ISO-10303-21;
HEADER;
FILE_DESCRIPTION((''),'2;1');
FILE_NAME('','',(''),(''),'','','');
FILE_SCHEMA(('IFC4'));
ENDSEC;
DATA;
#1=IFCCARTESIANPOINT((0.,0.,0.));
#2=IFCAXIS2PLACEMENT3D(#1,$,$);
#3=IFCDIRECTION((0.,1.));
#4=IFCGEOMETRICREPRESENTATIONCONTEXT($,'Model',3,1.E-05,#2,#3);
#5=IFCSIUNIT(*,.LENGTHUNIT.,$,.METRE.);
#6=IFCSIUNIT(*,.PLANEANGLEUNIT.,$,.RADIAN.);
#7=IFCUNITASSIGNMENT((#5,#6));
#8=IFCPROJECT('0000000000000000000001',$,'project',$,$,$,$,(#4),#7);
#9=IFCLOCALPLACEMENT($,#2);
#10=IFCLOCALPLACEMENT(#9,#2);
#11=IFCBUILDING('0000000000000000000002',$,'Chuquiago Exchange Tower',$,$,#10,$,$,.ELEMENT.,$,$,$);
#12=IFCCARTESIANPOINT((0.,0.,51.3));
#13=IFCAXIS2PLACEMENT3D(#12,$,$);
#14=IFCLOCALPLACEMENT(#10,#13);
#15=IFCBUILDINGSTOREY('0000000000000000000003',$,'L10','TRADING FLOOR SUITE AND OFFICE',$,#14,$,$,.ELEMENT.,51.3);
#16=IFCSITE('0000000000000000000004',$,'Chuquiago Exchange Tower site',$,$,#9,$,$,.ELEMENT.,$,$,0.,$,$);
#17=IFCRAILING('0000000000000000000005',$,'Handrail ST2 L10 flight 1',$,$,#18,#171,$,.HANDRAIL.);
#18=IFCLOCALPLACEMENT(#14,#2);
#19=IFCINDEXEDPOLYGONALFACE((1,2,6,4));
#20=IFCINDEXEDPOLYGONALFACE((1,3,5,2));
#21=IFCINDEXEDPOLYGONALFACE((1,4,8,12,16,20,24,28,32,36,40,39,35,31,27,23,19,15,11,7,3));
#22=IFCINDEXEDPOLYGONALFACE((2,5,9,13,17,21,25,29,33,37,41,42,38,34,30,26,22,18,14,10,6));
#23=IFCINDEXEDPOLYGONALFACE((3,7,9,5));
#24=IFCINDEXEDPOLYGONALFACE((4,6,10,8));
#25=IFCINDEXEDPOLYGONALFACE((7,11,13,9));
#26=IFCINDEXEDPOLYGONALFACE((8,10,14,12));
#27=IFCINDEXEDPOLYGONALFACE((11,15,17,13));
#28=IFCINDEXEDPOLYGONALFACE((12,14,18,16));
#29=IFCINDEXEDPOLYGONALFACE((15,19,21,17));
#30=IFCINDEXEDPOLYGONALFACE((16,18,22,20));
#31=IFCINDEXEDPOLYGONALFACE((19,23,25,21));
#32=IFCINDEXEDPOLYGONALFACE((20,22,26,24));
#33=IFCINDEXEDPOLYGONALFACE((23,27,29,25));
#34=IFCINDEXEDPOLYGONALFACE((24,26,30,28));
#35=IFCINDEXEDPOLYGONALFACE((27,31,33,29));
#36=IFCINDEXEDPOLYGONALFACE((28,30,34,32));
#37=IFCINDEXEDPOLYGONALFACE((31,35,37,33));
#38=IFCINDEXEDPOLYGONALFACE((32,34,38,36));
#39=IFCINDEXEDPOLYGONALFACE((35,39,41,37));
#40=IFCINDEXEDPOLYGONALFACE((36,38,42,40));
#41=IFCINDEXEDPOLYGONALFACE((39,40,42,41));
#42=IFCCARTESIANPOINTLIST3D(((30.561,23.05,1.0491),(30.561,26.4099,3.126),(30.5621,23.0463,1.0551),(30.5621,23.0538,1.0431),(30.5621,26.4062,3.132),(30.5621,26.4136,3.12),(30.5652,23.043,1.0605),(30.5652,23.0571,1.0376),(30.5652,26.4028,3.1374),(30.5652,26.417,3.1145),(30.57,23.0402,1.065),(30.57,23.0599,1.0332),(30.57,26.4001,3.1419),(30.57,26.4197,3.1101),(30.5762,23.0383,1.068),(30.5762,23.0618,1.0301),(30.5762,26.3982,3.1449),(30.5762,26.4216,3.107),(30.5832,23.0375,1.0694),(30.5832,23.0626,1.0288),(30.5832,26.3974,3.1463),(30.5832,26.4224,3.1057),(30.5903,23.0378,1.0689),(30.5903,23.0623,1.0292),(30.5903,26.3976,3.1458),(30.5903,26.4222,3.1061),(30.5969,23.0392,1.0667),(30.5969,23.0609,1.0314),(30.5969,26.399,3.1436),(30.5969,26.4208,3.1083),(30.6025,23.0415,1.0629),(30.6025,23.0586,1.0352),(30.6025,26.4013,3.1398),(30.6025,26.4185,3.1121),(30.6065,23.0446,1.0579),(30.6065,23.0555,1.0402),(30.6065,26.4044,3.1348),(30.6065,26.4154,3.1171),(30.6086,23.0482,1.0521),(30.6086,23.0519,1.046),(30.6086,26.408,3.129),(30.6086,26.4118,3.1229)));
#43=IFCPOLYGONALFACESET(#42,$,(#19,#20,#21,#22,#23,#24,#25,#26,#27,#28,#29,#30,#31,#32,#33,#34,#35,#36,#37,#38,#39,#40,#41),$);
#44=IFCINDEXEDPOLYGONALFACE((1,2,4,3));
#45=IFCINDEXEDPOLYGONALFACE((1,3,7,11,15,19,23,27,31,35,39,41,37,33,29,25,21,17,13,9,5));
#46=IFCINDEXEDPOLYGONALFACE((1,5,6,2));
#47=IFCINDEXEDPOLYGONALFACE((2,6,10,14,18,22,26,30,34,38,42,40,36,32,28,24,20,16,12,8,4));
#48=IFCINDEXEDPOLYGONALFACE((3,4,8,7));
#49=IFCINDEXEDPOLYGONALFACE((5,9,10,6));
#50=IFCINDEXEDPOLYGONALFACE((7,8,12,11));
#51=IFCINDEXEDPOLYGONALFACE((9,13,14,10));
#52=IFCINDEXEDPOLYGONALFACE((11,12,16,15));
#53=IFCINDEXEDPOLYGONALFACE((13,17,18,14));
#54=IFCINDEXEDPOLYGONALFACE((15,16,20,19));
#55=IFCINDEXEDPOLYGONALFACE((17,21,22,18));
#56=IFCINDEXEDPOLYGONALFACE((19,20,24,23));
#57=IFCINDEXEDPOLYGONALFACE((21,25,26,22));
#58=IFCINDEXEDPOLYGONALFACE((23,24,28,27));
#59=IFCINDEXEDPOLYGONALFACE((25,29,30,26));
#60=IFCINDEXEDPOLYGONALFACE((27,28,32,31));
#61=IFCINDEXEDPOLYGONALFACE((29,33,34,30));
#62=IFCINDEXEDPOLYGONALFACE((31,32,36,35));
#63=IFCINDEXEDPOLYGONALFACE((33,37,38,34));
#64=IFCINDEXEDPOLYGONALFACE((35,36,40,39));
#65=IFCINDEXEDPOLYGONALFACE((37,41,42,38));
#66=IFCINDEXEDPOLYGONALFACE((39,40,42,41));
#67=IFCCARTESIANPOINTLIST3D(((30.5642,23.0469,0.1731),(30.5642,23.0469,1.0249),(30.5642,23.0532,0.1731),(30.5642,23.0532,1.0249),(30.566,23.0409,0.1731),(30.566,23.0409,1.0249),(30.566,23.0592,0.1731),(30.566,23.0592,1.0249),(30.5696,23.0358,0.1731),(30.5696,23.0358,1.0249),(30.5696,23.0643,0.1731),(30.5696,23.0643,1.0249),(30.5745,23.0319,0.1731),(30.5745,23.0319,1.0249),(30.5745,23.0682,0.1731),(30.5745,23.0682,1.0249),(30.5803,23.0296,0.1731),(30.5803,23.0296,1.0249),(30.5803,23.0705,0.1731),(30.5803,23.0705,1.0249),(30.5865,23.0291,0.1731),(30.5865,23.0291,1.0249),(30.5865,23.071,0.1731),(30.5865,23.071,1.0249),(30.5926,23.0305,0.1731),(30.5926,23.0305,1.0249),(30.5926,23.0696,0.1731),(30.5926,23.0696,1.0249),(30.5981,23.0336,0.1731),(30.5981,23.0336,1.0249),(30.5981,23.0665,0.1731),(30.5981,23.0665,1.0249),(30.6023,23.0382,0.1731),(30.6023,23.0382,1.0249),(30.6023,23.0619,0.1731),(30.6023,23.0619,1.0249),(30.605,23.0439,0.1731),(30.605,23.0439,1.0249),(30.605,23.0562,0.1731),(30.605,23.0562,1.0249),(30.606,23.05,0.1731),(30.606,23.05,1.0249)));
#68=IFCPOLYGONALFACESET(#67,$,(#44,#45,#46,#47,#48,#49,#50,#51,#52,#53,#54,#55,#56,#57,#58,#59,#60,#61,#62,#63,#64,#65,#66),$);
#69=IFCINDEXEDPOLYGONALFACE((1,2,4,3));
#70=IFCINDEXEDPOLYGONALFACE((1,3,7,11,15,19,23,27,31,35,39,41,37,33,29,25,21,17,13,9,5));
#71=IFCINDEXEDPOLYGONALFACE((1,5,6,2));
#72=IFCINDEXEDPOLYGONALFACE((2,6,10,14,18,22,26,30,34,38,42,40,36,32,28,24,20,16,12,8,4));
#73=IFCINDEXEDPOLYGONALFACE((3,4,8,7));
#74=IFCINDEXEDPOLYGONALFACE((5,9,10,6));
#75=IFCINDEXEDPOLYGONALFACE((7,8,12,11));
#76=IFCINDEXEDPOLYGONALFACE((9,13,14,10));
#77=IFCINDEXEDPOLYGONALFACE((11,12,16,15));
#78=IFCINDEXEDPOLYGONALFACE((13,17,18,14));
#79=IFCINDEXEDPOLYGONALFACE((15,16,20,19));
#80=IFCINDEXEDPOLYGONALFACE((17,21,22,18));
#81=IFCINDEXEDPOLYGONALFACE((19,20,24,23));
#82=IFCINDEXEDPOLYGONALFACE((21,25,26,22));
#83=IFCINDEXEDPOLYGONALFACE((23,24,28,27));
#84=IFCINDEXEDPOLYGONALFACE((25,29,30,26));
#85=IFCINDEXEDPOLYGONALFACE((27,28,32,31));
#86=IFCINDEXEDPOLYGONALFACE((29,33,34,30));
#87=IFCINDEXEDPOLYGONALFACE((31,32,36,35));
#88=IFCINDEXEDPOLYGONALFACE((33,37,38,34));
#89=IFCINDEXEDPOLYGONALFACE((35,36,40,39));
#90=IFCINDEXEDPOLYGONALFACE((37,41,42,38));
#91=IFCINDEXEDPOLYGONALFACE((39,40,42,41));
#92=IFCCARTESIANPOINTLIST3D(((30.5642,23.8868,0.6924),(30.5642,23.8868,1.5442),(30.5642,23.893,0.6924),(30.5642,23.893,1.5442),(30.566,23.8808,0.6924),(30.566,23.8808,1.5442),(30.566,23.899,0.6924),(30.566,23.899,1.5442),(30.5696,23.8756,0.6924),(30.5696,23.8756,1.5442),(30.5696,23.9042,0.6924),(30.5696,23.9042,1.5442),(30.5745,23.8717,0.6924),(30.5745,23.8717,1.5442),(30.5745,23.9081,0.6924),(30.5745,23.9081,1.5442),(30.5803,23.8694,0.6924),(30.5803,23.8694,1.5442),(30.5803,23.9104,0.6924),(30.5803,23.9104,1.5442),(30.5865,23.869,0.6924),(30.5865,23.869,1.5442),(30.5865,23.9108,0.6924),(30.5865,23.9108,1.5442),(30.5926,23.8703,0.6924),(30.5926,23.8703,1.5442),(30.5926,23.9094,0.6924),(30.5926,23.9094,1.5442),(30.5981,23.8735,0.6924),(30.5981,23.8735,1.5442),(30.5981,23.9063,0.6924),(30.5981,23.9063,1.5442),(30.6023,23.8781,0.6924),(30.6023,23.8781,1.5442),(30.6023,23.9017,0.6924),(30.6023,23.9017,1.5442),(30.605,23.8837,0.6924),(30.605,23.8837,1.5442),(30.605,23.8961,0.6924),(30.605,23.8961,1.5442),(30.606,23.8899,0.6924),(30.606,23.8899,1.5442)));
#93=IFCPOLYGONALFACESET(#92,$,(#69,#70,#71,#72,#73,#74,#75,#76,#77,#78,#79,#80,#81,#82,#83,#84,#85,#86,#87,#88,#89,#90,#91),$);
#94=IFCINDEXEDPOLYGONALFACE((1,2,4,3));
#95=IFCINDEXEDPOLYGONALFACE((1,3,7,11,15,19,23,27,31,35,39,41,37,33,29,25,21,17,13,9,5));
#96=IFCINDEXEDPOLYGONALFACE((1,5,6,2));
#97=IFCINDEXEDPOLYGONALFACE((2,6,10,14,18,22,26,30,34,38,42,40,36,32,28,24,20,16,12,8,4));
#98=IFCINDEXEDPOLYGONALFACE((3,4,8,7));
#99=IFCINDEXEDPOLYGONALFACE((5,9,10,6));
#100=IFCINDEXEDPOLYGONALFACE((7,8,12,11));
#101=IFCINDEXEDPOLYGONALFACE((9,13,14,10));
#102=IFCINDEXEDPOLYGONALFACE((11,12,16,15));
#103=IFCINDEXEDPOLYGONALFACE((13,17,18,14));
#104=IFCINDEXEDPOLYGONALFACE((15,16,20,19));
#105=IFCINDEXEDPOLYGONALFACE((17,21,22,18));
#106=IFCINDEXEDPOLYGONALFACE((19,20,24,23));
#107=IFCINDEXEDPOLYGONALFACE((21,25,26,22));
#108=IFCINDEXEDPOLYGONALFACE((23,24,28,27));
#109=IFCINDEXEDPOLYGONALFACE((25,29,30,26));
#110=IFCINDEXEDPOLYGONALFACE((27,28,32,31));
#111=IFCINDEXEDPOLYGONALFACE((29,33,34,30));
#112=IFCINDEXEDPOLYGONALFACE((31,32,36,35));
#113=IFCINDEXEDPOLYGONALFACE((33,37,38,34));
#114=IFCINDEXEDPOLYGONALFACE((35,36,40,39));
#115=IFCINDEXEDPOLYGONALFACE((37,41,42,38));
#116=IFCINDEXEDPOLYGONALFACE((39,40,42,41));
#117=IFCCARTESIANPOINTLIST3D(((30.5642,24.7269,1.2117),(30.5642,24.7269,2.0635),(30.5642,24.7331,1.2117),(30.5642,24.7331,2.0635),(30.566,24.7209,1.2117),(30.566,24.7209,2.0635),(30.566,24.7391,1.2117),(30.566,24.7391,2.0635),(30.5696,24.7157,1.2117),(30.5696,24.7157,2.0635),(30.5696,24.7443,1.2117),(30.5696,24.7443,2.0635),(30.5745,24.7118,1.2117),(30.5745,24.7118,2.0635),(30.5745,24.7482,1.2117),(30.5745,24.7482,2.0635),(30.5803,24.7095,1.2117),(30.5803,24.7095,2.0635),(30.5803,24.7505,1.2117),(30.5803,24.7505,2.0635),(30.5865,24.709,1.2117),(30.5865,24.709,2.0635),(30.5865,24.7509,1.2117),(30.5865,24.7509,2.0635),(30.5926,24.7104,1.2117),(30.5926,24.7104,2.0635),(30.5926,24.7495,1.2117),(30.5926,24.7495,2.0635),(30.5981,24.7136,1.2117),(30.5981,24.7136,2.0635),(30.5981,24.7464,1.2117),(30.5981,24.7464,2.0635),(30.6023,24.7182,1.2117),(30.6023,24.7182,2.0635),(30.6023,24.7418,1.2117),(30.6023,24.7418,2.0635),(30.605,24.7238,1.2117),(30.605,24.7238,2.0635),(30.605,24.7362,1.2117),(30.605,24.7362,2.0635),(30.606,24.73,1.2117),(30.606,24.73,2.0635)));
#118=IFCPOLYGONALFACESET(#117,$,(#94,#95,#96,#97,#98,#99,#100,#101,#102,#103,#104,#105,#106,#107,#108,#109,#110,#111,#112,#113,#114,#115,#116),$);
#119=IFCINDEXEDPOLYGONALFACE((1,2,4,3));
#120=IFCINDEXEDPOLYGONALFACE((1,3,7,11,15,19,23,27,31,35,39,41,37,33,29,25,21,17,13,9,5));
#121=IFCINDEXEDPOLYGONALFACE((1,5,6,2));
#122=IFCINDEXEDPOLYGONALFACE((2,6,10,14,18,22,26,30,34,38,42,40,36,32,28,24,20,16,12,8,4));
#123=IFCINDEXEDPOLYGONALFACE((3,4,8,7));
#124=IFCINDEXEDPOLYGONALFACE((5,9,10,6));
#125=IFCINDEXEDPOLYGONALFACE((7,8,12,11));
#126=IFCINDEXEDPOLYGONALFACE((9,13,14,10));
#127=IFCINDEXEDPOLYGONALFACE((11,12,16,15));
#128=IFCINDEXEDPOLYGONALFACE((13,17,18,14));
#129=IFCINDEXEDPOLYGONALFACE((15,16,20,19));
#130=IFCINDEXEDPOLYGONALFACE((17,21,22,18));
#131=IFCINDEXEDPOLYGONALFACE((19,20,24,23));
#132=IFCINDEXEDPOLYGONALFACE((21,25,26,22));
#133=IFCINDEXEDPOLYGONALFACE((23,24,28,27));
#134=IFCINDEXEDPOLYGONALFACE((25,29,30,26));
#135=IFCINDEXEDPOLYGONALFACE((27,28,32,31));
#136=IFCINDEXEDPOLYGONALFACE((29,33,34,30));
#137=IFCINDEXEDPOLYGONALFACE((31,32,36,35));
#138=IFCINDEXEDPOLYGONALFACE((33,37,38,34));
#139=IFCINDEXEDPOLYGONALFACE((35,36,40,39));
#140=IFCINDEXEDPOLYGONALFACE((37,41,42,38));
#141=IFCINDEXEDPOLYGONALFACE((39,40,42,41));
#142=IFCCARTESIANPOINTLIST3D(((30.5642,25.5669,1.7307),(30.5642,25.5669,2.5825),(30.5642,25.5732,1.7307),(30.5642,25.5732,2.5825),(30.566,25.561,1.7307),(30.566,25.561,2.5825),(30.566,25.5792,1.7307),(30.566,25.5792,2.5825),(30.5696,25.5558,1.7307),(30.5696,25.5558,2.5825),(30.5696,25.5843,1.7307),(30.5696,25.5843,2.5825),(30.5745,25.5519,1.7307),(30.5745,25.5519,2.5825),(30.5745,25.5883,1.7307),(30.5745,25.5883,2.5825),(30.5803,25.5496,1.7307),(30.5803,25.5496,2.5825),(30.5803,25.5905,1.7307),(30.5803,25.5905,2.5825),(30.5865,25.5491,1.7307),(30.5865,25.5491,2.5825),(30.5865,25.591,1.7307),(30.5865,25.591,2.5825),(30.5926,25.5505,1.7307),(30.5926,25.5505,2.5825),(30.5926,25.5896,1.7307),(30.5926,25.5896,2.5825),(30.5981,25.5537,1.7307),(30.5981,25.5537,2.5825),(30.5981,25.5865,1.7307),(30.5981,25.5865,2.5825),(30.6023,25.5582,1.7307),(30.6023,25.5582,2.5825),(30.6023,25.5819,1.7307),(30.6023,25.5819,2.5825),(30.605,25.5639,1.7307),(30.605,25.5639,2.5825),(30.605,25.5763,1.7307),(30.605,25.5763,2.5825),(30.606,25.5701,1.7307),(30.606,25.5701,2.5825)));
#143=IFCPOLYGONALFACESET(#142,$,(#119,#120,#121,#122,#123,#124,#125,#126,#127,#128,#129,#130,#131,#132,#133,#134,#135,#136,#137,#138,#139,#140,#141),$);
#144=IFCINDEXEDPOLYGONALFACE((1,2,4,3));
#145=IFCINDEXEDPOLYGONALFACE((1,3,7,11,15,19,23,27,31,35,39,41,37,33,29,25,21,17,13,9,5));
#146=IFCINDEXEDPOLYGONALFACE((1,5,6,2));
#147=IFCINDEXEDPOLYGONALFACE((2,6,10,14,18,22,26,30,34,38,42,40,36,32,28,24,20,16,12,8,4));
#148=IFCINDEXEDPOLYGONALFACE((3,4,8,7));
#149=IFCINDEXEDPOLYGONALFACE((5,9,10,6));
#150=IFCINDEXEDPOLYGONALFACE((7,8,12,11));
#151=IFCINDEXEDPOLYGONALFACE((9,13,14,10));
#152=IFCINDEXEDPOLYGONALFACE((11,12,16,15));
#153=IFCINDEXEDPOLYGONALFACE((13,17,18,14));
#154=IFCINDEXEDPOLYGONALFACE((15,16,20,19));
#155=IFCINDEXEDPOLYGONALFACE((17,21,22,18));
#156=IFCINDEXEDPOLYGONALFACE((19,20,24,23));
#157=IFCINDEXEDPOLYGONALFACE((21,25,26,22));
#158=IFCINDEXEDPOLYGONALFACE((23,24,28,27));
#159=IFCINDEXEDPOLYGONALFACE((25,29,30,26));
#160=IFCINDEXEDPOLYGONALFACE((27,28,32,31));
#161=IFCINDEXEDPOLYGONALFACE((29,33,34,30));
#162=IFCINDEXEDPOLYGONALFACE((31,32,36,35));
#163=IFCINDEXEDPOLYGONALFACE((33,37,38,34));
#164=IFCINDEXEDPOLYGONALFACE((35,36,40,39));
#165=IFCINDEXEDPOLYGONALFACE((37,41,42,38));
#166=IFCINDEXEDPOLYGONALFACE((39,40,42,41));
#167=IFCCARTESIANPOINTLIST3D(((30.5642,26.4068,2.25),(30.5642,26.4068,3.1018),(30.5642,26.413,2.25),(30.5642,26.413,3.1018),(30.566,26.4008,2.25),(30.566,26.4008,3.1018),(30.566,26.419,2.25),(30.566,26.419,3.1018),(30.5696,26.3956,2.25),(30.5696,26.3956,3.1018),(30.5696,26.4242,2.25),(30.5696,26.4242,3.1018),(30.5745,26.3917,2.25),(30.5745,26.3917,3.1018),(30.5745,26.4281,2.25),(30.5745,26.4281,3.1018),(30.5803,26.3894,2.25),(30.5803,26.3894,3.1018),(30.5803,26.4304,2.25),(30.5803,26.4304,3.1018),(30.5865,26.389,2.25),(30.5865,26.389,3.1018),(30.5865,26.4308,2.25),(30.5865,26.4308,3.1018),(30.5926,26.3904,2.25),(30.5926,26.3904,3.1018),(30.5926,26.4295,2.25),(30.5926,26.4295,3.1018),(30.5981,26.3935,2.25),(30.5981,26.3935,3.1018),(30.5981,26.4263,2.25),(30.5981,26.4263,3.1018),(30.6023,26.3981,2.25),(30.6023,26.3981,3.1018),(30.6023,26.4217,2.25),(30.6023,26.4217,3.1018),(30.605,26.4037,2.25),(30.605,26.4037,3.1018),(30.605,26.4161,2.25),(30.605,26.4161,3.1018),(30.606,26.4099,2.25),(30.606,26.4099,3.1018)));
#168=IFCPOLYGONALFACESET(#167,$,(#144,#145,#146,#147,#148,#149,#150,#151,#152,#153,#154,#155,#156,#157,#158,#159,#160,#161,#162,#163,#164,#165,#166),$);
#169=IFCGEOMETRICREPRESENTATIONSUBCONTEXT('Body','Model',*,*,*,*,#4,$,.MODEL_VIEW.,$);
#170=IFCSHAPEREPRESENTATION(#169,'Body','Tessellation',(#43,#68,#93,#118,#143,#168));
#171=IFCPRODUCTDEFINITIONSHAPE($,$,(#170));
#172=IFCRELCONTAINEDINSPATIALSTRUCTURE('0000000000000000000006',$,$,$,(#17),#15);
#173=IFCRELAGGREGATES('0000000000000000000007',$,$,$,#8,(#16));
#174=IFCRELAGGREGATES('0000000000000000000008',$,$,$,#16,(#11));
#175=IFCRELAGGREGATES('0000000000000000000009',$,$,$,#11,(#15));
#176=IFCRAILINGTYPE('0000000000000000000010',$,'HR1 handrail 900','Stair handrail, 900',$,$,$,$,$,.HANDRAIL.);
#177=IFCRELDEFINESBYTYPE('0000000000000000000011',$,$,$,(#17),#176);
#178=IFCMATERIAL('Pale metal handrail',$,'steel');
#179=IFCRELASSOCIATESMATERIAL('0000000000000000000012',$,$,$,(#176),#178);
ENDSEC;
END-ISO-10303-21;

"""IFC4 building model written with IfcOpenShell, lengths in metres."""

from ifc_helpers import new_model, si_unit, direction, frame, origin, origin_2d, place, context, subcontext, project, spatial, circle, extrude, material, type_object, element, save


model = new_model("IFC4")

# Units and contexts
model_context = context("Model", 3, precision=1e-05, world=origin(), true_north=direction((0.0, 1.0)))
body_context = subcontext(model_context, "Body", "Model", "MODEL_VIEW")
ifc_project = project(units=[si_unit("LENGTHUNIT", "METRE"), si_unit("PLANEANGLEUNIT", "RADIAN")], contexts=[model_context])

# Site, building, storey
site_placement = place(None, origin())
site = spatial("IfcSite", under=ifc_project, at=site_placement, Name="Chuquiago Exchange Tower site", CompositionType="ELEMENT", RefElevation=0.0)
building_placement = place(site_placement, origin())
building = spatial("IfcBuilding", under=site, at=building_placement, Name="Chuquiago Exchange Tower", CompositionType="ELEMENT")
storey_placement = place(building_placement, frame((0.0, 0.0, 51.3)))
storey = spatial("IfcBuildingStorey", under=building, at=storey_placement, Name="L10", Description="TRADING FLOOR SUITE AND OFFICE", CompositionType="ELEMENT", Elevation=51.3)

# Railing
ifc_material_1 = material(Name="Pale metal handrail", Category="steel")
railing_type_1 = type_object("IfcRailingType", Name="HR1 handrail 900", Description="Stair handrail, 900", PredefinedType="HANDRAIL", material=ifc_material_1)
for number, where, name in (
    (1, (30.585, 23.05, 0.1731), "Handrail ST2 L10 flight 1"),
):
    element("IfcRailing", number, at=place(storey_placement, frame(where)), inside=storey, type_object=railing_type_1, Name=name, PredefinedType="HANDRAIL", context=body_context, shape_type="SweptSolid", body=[
        extrude(circle(Radius=0.0239, at=origin_2d()), frame((0.0, 0.0, 0.876), z_axis=(0.0, 0.850606, 0.525803), x_axis=(-1.0, 0.0, 0.0)), (0.0, 0.0, 1.0), 3.95),
        extrude(circle(Radius=0.021, at=origin_2d()), origin(), (0.0, 0.0, 1.0), 0.8518),
        extrude(circle(Radius=0.021, at=origin_2d()), frame((0.0, 0.8398, 0.5193)), (0.0, 0.0, 1.0), 0.8518),
        extrude(circle(Radius=0.021, at=origin_2d()), frame((0.0, 1.6799, 1.0386)), (0.0, 0.0, 1.0), 0.8518),
        extrude(circle(Radius=0.021, at=origin_2d()), frame((0.0, 2.52, 1.5576)), (0.0, 0.0, 1.0), 0.8518),
        extrude(circle(Radius=0.021, at=origin_2d()), frame((0.0, 3.3599, 2.0769)), (0.0, 0.0, 1.0), 0.8518),
    ])

save(model, "model.ifc")
